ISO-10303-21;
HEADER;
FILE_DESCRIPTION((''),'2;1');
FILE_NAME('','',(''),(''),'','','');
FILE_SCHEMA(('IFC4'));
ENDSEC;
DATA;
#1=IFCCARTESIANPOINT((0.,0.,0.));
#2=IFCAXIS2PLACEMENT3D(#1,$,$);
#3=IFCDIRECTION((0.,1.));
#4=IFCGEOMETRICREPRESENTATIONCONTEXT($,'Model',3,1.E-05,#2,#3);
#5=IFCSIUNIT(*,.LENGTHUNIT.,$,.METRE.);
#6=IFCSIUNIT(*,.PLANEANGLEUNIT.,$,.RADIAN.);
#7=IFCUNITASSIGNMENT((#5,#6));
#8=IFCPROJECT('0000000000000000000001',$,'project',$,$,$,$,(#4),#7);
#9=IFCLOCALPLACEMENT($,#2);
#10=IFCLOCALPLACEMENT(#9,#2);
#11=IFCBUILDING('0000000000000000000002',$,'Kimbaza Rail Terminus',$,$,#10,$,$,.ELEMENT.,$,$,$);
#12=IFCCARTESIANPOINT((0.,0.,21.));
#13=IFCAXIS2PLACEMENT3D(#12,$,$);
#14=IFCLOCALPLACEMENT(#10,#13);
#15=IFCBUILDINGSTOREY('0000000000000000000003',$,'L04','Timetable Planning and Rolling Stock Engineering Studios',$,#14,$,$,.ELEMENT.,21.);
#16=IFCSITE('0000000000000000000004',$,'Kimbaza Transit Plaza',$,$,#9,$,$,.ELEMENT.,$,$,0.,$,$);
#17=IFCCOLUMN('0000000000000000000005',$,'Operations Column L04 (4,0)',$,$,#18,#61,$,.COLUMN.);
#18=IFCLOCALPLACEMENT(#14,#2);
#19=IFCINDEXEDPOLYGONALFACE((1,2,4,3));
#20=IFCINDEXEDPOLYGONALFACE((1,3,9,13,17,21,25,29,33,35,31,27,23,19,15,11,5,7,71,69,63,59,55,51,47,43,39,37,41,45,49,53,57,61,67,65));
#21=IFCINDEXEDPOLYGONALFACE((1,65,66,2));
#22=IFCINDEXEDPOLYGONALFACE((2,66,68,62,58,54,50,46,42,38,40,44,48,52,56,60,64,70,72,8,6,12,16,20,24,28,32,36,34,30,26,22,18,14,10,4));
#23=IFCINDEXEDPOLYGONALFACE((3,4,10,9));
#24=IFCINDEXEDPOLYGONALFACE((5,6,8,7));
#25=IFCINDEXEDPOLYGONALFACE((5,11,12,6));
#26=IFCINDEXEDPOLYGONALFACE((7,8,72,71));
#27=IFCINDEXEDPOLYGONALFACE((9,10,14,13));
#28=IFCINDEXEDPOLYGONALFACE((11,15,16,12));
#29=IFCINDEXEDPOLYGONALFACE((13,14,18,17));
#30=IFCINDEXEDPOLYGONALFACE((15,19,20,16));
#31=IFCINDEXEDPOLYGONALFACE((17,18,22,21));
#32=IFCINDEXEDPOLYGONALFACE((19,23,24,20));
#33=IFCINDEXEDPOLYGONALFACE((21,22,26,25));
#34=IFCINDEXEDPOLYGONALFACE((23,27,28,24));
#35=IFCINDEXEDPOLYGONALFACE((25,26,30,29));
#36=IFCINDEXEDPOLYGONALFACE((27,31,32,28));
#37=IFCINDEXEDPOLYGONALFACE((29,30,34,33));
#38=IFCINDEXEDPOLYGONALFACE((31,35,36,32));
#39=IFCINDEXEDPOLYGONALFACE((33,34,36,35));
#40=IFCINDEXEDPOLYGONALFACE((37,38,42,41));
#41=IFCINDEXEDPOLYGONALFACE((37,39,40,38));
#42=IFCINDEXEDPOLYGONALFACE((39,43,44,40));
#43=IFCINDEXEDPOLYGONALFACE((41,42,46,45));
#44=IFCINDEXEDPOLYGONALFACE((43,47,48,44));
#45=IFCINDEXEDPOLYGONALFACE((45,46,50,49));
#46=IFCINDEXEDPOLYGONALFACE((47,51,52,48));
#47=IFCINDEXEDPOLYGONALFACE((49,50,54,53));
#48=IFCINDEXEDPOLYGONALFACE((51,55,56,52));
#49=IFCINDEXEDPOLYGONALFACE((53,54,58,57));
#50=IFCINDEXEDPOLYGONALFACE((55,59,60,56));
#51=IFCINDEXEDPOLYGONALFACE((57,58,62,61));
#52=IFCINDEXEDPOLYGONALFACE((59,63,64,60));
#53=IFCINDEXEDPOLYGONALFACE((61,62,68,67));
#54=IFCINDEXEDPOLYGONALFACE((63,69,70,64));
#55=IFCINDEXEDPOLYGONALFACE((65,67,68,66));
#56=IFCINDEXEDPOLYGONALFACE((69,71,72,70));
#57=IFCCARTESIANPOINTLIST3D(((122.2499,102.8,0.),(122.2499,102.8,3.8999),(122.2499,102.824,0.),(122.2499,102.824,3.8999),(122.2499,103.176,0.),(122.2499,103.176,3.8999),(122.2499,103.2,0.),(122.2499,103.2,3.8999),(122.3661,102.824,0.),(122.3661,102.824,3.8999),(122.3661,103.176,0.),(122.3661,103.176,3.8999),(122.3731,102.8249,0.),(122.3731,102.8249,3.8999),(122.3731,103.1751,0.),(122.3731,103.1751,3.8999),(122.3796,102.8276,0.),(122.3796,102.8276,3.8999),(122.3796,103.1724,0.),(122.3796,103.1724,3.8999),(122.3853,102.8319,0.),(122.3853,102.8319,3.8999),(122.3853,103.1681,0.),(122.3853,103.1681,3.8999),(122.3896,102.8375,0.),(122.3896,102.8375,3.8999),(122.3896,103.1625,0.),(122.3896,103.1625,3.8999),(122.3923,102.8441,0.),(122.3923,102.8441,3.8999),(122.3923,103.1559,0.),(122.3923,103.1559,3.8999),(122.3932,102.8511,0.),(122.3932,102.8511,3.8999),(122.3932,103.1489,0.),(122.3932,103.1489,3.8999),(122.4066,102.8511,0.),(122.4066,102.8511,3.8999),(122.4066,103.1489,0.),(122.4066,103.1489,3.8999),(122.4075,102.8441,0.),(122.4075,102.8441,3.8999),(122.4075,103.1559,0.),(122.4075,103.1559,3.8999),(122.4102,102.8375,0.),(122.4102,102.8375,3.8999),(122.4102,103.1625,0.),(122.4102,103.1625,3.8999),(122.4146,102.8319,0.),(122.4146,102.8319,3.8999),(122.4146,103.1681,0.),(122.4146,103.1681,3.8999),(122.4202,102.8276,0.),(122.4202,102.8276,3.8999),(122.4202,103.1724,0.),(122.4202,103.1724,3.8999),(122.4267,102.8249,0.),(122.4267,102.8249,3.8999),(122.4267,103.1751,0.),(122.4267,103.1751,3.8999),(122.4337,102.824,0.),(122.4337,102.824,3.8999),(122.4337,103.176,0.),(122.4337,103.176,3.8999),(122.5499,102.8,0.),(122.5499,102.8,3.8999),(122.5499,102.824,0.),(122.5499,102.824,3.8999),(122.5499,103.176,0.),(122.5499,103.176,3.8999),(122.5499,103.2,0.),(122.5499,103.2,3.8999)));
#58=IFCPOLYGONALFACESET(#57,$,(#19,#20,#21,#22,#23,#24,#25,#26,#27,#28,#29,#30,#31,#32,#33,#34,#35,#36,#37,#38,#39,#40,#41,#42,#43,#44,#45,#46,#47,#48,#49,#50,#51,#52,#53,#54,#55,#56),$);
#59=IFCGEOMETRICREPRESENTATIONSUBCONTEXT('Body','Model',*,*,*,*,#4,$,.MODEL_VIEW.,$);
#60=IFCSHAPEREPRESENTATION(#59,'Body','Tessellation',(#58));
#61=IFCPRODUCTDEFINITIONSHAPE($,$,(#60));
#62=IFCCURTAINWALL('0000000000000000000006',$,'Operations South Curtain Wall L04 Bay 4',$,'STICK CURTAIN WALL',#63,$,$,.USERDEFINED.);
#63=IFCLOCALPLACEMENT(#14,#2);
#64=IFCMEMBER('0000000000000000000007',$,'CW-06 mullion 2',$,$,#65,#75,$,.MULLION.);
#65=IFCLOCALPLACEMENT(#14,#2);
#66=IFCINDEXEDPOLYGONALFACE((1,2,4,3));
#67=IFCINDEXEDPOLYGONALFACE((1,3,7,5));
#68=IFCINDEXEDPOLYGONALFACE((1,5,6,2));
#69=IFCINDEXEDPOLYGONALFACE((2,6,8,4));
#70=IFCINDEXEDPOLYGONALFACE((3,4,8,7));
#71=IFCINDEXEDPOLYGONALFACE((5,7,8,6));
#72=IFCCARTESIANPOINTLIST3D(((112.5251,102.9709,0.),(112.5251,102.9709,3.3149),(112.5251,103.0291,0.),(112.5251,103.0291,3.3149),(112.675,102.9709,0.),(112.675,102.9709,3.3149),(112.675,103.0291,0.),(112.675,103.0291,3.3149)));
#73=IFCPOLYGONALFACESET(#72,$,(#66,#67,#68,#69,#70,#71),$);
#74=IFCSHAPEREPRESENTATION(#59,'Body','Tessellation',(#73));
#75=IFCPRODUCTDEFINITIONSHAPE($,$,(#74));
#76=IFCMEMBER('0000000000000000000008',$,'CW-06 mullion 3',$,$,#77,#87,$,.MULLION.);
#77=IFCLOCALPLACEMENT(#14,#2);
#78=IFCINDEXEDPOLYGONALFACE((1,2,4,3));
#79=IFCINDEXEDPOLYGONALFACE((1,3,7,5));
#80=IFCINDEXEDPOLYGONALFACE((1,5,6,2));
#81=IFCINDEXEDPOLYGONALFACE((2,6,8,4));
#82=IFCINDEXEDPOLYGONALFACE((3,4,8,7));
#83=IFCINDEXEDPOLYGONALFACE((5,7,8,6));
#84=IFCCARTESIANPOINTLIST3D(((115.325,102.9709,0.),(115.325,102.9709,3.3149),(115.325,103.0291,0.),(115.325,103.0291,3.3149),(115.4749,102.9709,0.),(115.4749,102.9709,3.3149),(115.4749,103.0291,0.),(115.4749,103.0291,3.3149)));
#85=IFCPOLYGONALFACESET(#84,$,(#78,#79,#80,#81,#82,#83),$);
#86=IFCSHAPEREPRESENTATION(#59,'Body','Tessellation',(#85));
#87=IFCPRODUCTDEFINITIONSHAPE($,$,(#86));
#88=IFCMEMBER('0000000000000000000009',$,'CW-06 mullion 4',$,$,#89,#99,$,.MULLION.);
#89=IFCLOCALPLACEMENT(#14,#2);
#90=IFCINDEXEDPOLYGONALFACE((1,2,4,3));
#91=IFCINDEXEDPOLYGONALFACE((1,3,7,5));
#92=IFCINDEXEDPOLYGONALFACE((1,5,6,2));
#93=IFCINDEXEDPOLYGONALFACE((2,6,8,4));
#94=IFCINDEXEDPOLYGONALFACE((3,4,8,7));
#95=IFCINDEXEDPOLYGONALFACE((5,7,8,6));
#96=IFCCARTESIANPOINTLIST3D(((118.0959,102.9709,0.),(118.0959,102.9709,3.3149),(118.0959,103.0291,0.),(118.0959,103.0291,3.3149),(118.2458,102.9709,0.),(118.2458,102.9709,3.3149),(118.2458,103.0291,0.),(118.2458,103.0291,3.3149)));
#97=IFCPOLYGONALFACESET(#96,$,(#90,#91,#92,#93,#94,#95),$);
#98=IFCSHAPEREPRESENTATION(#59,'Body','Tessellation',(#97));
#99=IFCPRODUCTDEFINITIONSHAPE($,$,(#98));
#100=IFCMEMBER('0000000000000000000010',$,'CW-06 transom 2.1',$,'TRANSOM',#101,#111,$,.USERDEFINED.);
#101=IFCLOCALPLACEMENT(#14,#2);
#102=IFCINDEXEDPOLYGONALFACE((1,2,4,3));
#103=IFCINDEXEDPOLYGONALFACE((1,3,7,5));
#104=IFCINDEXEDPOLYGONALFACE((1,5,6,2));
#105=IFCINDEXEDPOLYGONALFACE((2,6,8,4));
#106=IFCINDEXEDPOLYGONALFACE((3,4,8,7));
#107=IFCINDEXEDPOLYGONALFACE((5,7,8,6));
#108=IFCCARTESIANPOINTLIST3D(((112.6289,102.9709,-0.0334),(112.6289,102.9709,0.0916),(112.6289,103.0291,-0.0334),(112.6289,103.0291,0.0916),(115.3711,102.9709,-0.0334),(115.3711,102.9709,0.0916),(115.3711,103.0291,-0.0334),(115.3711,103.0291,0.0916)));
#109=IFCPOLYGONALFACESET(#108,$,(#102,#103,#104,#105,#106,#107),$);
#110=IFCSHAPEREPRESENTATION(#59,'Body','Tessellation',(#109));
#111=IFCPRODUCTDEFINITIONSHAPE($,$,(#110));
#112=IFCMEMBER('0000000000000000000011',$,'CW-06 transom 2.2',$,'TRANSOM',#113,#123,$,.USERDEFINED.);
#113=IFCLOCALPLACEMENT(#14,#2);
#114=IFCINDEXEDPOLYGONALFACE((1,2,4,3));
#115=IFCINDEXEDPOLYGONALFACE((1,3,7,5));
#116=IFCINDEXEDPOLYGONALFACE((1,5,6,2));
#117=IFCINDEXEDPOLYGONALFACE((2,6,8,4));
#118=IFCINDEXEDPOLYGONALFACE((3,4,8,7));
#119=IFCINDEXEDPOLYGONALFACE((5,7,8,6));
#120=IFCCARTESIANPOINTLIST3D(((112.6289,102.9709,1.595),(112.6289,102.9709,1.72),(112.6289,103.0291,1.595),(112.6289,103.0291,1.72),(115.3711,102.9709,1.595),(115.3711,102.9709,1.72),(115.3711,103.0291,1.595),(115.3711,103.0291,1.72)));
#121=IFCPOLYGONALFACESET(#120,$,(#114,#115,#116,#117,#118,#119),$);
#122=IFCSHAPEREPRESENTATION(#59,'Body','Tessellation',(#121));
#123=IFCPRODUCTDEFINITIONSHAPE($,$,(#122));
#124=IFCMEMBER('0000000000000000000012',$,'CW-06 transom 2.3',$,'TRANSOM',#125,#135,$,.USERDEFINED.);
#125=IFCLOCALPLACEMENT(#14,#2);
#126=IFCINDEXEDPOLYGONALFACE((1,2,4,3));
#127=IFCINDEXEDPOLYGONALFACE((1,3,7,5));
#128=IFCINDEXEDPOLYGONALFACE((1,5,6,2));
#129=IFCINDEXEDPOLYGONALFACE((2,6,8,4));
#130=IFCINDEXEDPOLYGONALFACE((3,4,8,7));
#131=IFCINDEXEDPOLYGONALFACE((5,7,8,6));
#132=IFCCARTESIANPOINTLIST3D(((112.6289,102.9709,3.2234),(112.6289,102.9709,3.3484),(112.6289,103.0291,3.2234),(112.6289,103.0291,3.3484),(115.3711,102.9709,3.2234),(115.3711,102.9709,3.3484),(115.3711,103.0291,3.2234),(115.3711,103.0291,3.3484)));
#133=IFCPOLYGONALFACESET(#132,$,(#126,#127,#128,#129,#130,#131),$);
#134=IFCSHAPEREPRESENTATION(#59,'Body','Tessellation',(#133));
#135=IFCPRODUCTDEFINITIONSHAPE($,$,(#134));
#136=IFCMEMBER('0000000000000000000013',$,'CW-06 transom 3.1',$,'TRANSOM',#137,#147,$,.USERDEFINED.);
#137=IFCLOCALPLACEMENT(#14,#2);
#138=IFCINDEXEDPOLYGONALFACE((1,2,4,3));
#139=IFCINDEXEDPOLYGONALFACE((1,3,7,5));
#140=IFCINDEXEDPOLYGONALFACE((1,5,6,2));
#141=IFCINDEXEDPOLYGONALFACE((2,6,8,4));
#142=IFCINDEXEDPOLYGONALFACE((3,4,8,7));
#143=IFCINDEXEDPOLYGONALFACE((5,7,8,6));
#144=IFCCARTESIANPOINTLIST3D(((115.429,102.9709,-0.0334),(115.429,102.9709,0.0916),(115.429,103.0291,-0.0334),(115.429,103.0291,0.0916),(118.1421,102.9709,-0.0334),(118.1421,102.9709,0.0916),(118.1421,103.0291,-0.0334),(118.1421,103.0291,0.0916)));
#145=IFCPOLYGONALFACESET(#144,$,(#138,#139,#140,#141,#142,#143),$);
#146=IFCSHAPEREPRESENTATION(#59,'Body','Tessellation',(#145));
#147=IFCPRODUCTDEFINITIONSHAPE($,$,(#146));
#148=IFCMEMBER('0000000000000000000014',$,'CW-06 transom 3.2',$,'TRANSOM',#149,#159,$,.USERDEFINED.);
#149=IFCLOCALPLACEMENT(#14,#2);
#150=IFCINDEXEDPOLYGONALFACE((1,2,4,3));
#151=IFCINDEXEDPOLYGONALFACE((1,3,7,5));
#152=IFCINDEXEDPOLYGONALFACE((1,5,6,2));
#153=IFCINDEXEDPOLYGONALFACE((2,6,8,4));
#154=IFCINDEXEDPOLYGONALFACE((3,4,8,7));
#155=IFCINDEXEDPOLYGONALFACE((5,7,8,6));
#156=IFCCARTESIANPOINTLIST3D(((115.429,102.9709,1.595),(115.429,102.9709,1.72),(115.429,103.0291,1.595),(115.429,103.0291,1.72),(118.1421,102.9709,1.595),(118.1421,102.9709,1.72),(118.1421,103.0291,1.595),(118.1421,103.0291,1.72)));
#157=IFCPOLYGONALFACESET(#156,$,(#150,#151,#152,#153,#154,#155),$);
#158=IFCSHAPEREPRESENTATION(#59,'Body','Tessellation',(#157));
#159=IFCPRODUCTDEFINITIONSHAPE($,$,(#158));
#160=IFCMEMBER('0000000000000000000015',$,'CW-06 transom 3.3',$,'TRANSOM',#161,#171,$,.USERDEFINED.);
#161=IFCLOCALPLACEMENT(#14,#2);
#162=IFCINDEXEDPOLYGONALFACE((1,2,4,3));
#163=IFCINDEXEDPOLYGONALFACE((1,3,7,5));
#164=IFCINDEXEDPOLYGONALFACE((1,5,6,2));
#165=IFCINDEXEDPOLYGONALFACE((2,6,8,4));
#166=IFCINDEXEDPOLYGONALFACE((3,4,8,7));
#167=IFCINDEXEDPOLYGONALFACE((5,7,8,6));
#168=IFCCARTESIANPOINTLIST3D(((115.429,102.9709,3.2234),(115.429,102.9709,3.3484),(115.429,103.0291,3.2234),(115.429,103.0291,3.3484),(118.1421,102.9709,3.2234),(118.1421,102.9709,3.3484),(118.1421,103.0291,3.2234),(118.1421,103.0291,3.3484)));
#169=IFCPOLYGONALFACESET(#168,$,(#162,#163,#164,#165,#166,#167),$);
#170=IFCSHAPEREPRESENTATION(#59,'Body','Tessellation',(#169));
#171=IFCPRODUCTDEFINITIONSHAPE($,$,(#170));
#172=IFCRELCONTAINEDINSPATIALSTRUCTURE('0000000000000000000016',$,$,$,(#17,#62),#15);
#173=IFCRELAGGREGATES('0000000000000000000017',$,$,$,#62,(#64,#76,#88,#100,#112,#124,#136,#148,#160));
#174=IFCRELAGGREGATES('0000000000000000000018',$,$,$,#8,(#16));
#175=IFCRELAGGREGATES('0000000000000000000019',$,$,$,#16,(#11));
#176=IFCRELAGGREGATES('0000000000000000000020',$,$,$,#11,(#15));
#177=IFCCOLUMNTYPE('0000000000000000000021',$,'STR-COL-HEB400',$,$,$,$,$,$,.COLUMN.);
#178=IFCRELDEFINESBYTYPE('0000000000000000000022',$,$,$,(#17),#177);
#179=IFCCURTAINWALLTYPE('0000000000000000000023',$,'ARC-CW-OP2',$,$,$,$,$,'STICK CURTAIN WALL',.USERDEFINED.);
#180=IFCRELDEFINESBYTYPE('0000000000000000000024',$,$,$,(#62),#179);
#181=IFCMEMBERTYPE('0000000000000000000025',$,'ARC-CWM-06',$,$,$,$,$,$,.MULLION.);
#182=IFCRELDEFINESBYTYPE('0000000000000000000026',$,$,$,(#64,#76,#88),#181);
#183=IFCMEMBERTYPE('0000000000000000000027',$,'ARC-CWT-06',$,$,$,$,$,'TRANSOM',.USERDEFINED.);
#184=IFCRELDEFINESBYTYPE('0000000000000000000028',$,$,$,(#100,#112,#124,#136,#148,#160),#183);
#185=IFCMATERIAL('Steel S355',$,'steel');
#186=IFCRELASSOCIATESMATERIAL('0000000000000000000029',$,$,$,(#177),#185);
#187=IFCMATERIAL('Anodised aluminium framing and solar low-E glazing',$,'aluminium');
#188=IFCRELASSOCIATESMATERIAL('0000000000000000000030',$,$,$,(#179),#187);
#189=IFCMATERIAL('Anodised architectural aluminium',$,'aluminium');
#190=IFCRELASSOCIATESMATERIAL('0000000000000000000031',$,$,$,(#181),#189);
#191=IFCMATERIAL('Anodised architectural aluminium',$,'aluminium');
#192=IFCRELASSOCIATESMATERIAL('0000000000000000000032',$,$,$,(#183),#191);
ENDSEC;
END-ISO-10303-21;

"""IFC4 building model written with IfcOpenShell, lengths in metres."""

from ifc_helpers import new_model, si_unit, direction, frame, origin, origin_2d, place, context, subcontext, project, spatial, rectangle, i_section, extrude, material, material_profile, profile_set, type_object, element, aggregate, save


model = new_model("IFC4")

# Units and contexts
model_context = context("Model", 3, precision=1e-05, world=origin(), true_north=direction((0.0, 1.0)))
body_context = subcontext(model_context, "Body", "Model", "MODEL_VIEW")
ifc_project = project(units=[si_unit("LENGTHUNIT", "METRE"), si_unit("PLANEANGLEUNIT", "RADIAN")], contexts=[model_context])

# Site, building, storey
site_placement = place(None, origin())
site = spatial("IfcSite", under=ifc_project, at=site_placement, Name="Kimbaza Transit Plaza", CompositionType="ELEMENT", RefElevation=0.0)
building_placement = place(site_placement, origin())
building = spatial("IfcBuilding", under=site, at=building_placement, Name="Kimbaza Rail Terminus", CompositionType="ELEMENT")
storey_placement = place(building_placement, frame((0.0, 0.0, 21.0)))
storey = spatial("IfcBuildingStorey", under=building, at=storey_placement, Name="L04", Description="Timetable Planning and Rolling Stock Engineering Studios", CompositionType="ELEMENT", Elevation=21.0)

# Column
ifc_material_1 = material(Name="Steel S355", Category="steel")
ifc_material_profile_1 = material_profile(ifc_material_1, i_section(OverallWidth=0.3, OverallDepth=0.3999, WebThickness=0.0134, FlangeThickness=0.0239, FilletRadius=0.0271, at=origin_2d()), Name="HEB 400")
ifc_profile_set_1 = profile_set([ifc_material_profile_1], Name="Steel S355")
column_type = type_object("IfcColumnType", Name="STR-COL-HEB400", PredefinedType="COLUMN", material=ifc_profile_set_1)
column_placement = place(storey_placement, frame((122.3999, 103.0, 0.0), z_axis=(0.0, 0.0, 1.0), x_axis=(1.0, 0.0, 0.0)))
element("IfcColumn", 1, at=column_placement, inside=storey, type_object=column_type, Name="Operations Column L04 (4,0)", PredefinedType="COLUMN", context=body_context, shape_type="SweptSolid", body=[
    extrude(i_section(OverallWidth=0.3, OverallDepth=0.3999, WebThickness=0.0134, FlangeThickness=0.0239, FilletRadius=0.0271, at=origin_2d()), origin(), (0.0, 0.0, 1.0), 3.8999),
])

# Curtain wall, members
ifc_material_2 = material(Name="Anodised aluminium framing and solar low-E glazing", Category="aluminium")
curtain_wall_type = type_object("IfcCurtainWallType", Name="ARC-CW-OP2", ElementType="STICK CURTAIN WALL", PredefinedType="USERDEFINED", material=ifc_material_2)
curtain_wall_placement = place(storey_placement, origin())
curtain_wall = element("IfcCurtainWall", 2, at=curtain_wall_placement, inside=storey, type_object=curtain_wall_type, Name="Operations South Curtain Wall L04 Bay 4", ObjectType="STICK CURTAIN WALL", PredefinedType="USERDEFINED")
ifc_material_3 = material(Name="Anodised architectural aluminium", Category="aluminium")
ifc_material_profile_2 = material_profile(ifc_material_3, rectangle(XDim=0.0581, YDim=0.1499, at=origin_2d()), Name="MULLION 58x150")
ifc_profile_set_2 = profile_set([ifc_material_profile_2], Name="Anodised architectural aluminium")
member_type_1 = type_object("IfcMemberType", Name="ARC-CWM-06", PredefinedType="MULLION", material=ifc_profile_set_2)
member_1_placement = place(storey_placement, frame((112.6001, 103.0, 0.0), z_axis=(0.0, 0.0, 1.0), x_axis=(0.0, 1.0, 0.0)))
member_1 = element("IfcMember", 3, at=member_1_placement, type_object=member_type_1, Name="CW-06 mullion 2", PredefinedType="MULLION", context=body_context, shape_type="SweptSolid", body=[
    extrude(rectangle(XDim=0.0581, YDim=0.1499, at=origin_2d()), origin(), (0.0, 0.0, 1.0), 3.3149),
])
member_2_placement = place(storey_placement, frame((115.3999, 103.0, 0.0), z_axis=(0.0, 0.0, 1.0), x_axis=(0.0, 1.0, 0.0)))
member_2 = element("IfcMember", 4, at=member_2_placement, type_object=member_type_1, Name="CW-06 mullion 3", PredefinedType="MULLION", context=body_context, shape_type="SweptSolid", body=[
    extrude(rectangle(XDim=0.0581, YDim=0.1499, at=origin_2d()), origin(), (0.0, 0.0, 1.0), 3.3149),
])
member_3_placement = place(storey_placement, frame((118.1709, 103.0, 0.0), z_axis=(0.0, 0.0, 1.0), x_axis=(0.0, 1.0, 0.0)))
member_3 = element("IfcMember", 5, at=member_3_placement, type_object=member_type_1, Name="CW-06 mullion 4", PredefinedType="MULLION", context=body_context, shape_type="SweptSolid", body=[
    extrude(rectangle(XDim=0.0581, YDim=0.1499, at=origin_2d()), origin(), (0.0, 0.0, 1.0), 3.3149),
])
ifc_material_4 = material(Name="Anodised architectural aluminium", Category="aluminium")
ifc_material_profile_3 = material_profile(ifc_material_4, rectangle(XDim=0.0581, YDim=0.125, at=origin_2d()), Name="TRANSOM 58x125")
ifc_profile_set_3 = profile_set([ifc_material_profile_3], Name="Anodised architectural aluminium")
member_type_2 = type_object("IfcMemberType", Name="ARC-CWT-06", ElementType="TRANSOM", PredefinedType="USERDEFINED", material=ifc_profile_set_3)
member_4_placement = place(storey_placement, frame((112.6289, 103.0, 0.0291), z_axis=(1.0, 0.0, 0.0), x_axis=(0.0, 1.0, 0.0)))
member_4 = element("IfcMember", 6, at=member_4_placement, type_object=member_type_2, Name="CW-06 transom 2.1", ObjectType="TRANSOM", PredefinedType="USERDEFINED", context=body_context, shape_type="SweptSolid", body=[
    extrude(rectangle(XDim=0.0581, YDim=0.125, at=origin_2d()), origin(), (0.0, 0.0, 1.0), 2.7422),
])
member_5_placement = place(storey_placement, frame((112.6289, 103.0, 1.6575), z_axis=(1.0, 0.0, 0.0), x_axis=(0.0, 1.0, 0.0)))
member_5 = element("IfcMember", 7, at=member_5_placement, type_object=member_type_2, Name="CW-06 transom 2.2", ObjectType="TRANSOM", PredefinedType="USERDEFINED", context=body_context, shape_type="SweptSolid", body=[
    extrude(rectangle(XDim=0.0581, YDim=0.125, at=origin_2d()), origin(), (0.0, 0.0, 1.0), 2.7422),
])
member_6_placement = place(storey_placement, frame((112.6289, 103.0, 3.2859), z_axis=(1.0, 0.0, 0.0), x_axis=(0.0, 1.0, 0.0)))
member_6 = element("IfcMember", 8, at=member_6_placement, type_object=member_type_2, Name="CW-06 transom 2.3", ObjectType="TRANSOM", PredefinedType="USERDEFINED", context=body_context, shape_type="SweptSolid", body=[
    extrude(rectangle(XDim=0.0581, YDim=0.125, at=origin_2d()), origin(), (0.0, 0.0, 1.0), 2.7422),
])
member_7_placement = place(storey_placement, frame((115.429, 103.0, 0.0291), z_axis=(1.0, 0.0, 0.0), x_axis=(0.0, 1.0, 0.0)))
member_7 = element("IfcMember", 9, at=member_7_placement, type_object=member_type_2, Name="CW-06 transom 3.1", ObjectType="TRANSOM", PredefinedType="USERDEFINED", context=body_context, shape_type="SweptSolid", body=[
    extrude(rectangle(XDim=0.0581, YDim=0.125, at=origin_2d()), origin(), (0.0, 0.0, 1.0), 2.7131),
])
member_8_placement = place(storey_placement, frame((115.429, 103.0, 1.6575), z_axis=(1.0, 0.0, 0.0), x_axis=(0.0, 1.0, 0.0)))
member_8 = element("IfcMember", 10, at=member_8_placement, type_object=member_type_2, Name="CW-06 transom 3.2", ObjectType="TRANSOM", PredefinedType="USERDEFINED", context=body_context, shape_type="SweptSolid", body=[
    extrude(rectangle(XDim=0.0581, YDim=0.125, at=origin_2d()), origin(), (0.0, 0.0, 1.0), 2.7131),
])
member_9_placement = place(storey_placement, frame((115.429, 103.0, 3.2859), z_axis=(1.0, 0.0, 0.0), x_axis=(0.0, 1.0, 0.0)))
member_9 = element("IfcMember", 11, at=member_9_placement, type_object=member_type_2, Name="CW-06 transom 3.3", ObjectType="TRANSOM", PredefinedType="USERDEFINED", context=body_context, shape_type="SweptSolid", body=[
    extrude(rectangle(XDim=0.0581, YDim=0.125, at=origin_2d()), origin(), (0.0, 0.0, 1.0), 2.7131),
])

aggregate(curtain_wall, [member_1, member_2, member_3, member_4, member_5, member_6, member_7, member_8, member_9])

save(model, "model.ifc")
